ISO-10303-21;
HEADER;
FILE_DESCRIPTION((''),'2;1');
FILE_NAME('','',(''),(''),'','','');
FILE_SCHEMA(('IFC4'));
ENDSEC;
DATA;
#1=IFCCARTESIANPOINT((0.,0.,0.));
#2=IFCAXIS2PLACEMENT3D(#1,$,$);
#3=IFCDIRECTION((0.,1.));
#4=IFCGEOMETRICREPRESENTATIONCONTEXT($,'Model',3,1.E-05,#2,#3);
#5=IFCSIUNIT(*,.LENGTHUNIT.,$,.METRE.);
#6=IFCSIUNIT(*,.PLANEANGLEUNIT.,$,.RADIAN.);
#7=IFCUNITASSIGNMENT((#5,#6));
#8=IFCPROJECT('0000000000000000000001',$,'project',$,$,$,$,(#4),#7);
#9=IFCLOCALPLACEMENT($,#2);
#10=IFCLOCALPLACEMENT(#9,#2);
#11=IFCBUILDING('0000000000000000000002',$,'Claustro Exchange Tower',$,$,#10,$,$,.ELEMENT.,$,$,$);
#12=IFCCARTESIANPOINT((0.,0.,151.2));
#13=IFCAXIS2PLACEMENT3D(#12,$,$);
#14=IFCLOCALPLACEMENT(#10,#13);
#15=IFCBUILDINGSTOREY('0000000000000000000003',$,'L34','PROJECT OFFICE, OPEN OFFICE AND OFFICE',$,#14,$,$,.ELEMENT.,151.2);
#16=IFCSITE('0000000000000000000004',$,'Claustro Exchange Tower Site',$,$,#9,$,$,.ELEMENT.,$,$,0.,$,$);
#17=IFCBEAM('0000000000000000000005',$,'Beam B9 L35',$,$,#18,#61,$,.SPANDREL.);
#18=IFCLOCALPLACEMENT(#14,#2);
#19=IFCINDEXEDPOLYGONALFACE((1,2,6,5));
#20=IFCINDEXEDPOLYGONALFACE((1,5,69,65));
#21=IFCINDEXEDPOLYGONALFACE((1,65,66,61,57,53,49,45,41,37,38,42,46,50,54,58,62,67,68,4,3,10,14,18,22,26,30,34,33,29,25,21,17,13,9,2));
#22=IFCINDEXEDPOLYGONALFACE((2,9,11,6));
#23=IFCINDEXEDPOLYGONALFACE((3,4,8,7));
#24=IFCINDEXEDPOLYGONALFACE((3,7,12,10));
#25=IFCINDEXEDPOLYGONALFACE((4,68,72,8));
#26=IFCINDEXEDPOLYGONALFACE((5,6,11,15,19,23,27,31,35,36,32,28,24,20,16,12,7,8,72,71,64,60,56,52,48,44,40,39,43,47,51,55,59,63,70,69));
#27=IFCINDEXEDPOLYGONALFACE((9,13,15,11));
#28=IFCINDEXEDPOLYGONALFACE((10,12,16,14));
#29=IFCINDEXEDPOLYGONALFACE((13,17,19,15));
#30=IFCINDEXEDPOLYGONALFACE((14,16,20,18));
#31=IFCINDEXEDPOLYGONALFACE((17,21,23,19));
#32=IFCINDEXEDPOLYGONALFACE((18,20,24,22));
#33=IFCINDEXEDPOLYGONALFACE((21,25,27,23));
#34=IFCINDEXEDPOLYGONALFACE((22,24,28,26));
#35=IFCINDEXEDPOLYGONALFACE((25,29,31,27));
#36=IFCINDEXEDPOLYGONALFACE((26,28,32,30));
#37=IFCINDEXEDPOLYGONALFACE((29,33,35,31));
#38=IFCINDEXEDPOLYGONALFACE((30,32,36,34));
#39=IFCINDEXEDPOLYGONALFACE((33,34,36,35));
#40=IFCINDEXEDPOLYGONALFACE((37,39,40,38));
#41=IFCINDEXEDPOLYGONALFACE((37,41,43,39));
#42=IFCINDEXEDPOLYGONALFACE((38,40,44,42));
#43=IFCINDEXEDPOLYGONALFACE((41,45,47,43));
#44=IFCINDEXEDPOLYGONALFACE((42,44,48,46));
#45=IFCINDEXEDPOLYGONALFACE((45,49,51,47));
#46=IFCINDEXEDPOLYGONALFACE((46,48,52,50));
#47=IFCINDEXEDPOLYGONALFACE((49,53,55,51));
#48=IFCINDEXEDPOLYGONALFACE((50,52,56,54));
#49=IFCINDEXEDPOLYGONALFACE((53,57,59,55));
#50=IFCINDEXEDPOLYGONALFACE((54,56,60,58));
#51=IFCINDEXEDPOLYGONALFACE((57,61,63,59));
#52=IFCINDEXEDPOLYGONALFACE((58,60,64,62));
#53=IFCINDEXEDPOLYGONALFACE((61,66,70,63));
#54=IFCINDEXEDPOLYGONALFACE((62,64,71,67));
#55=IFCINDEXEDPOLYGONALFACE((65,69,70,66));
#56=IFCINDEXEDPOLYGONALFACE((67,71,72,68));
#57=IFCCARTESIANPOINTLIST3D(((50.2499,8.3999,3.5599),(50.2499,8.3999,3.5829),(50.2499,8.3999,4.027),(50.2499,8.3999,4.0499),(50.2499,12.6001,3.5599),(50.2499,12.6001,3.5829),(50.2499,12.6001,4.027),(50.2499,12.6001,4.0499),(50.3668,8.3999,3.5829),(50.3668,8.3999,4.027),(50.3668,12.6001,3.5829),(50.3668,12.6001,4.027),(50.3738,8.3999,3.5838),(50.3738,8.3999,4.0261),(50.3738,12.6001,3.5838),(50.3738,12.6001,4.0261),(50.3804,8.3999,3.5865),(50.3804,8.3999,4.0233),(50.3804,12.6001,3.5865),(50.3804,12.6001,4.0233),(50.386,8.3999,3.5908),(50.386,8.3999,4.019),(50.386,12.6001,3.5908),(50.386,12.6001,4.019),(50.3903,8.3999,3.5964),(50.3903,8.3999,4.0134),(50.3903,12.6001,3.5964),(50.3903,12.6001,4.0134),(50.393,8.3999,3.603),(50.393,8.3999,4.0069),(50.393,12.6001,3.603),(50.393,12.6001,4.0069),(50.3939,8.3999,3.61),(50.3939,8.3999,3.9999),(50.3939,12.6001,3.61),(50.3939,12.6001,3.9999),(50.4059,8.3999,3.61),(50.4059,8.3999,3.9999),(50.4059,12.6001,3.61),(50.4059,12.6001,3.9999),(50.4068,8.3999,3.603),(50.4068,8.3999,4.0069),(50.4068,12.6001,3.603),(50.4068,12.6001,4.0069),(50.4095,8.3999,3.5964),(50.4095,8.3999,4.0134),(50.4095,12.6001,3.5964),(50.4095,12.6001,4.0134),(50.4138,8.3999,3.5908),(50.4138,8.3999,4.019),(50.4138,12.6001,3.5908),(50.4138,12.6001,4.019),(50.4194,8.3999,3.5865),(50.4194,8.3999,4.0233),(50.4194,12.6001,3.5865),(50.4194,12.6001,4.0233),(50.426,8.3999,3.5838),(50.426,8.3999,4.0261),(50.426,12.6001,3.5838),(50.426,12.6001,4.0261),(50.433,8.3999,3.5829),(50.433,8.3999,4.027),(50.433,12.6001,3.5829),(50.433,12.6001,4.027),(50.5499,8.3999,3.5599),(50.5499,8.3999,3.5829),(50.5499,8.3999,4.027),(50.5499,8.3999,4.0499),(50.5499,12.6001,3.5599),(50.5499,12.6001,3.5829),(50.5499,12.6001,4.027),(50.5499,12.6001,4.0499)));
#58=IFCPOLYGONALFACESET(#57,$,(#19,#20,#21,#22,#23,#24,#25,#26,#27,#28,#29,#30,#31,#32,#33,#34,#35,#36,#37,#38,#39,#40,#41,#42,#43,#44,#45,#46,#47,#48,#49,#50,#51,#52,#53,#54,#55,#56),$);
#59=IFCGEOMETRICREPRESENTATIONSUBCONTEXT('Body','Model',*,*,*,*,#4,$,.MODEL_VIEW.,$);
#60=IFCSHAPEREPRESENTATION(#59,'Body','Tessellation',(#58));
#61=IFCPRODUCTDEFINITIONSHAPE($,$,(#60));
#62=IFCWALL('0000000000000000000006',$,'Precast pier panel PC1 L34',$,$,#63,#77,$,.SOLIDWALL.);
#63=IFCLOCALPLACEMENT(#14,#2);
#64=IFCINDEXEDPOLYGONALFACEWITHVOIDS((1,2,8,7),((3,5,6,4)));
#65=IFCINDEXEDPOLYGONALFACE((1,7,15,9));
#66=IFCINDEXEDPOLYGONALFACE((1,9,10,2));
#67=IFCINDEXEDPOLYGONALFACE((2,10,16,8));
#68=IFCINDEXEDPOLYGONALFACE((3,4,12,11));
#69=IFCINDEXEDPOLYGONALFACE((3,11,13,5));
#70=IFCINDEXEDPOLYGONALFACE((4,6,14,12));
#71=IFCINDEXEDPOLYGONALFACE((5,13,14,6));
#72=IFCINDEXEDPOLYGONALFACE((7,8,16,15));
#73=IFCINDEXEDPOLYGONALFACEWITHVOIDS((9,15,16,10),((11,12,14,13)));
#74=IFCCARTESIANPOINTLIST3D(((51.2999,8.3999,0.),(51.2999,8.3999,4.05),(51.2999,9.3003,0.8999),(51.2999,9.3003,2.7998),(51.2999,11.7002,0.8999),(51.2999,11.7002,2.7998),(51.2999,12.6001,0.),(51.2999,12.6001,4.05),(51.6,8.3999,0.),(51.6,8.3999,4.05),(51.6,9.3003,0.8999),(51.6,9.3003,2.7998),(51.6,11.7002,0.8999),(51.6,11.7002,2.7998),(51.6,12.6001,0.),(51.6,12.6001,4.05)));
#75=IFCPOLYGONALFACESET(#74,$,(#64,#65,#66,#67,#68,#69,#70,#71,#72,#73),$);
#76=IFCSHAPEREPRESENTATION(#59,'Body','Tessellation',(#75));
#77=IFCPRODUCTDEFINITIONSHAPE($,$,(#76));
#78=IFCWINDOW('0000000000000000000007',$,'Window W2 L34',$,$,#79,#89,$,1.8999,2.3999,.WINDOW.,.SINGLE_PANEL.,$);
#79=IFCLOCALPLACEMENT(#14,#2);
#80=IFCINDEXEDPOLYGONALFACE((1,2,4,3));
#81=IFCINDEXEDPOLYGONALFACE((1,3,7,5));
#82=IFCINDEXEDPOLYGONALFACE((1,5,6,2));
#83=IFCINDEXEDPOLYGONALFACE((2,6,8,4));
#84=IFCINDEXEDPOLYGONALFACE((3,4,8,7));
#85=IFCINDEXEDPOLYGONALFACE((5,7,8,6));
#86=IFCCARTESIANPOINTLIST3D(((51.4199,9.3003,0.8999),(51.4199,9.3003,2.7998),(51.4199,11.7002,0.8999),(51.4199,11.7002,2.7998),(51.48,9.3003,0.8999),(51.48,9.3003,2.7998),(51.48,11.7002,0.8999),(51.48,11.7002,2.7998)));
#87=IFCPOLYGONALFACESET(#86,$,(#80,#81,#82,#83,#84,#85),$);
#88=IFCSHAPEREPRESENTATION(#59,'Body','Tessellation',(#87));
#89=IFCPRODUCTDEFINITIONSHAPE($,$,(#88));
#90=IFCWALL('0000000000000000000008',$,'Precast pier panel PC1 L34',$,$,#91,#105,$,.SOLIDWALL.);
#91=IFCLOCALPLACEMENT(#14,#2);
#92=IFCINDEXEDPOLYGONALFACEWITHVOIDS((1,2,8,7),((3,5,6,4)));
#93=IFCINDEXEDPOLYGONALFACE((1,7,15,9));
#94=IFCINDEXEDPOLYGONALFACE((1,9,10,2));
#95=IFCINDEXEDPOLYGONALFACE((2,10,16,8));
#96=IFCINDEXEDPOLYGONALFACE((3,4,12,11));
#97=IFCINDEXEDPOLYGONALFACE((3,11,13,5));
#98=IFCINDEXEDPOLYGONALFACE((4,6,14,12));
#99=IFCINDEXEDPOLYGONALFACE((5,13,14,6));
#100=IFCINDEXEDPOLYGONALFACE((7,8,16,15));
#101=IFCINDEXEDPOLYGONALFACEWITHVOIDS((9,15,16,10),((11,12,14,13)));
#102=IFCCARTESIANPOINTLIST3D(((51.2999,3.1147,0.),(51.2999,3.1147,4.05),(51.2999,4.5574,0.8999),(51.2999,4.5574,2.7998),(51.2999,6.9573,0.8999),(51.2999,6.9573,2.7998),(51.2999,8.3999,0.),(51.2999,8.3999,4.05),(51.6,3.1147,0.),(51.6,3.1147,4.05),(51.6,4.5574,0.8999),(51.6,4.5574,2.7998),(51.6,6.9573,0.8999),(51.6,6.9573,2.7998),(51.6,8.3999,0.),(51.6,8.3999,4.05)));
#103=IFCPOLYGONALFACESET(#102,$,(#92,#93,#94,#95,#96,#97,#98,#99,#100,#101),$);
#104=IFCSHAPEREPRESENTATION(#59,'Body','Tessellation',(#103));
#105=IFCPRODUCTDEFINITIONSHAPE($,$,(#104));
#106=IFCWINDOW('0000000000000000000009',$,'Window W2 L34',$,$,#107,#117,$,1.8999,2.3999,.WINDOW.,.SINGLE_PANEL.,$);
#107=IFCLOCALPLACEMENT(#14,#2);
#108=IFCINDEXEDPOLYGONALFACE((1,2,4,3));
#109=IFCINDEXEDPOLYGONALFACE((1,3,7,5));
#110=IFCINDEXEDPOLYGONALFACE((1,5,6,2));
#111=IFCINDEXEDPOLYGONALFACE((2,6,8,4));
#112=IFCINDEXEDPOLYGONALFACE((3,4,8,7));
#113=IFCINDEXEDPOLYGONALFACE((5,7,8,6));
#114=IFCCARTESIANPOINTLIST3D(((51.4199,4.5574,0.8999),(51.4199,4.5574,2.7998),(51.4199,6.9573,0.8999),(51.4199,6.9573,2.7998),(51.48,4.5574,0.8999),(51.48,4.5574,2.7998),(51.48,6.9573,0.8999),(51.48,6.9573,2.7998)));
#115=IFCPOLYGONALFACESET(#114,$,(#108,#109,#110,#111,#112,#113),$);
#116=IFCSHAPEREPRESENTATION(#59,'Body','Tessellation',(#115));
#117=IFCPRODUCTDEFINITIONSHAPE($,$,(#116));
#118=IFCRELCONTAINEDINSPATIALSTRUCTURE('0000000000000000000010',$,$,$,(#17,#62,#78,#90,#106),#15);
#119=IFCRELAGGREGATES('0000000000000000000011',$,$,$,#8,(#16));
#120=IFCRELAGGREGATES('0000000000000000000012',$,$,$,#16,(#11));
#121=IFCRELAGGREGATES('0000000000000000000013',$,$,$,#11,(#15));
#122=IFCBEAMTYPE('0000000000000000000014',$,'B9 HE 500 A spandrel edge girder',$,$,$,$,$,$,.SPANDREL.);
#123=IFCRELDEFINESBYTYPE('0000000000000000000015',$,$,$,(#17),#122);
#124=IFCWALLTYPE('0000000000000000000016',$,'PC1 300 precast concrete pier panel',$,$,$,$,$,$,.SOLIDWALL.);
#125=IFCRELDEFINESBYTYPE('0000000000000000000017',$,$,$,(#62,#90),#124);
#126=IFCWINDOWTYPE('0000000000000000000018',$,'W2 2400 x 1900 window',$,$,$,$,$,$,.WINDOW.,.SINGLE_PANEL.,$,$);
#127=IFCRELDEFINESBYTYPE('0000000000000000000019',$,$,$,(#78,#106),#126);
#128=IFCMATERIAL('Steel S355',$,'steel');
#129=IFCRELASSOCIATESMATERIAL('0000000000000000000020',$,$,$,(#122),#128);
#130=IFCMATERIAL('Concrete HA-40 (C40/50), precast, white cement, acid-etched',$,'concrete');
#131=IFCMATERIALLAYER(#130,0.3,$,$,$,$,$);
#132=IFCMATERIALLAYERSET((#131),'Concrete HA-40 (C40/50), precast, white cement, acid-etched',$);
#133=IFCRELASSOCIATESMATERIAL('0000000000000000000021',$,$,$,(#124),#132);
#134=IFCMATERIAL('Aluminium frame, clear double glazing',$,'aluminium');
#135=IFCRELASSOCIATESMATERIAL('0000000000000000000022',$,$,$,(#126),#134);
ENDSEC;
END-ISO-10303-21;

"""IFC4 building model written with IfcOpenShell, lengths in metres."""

from ifc_helpers import new_model, si_unit, direction, frame, frame_2d, origin, origin_2d, place, context, subcontext, project, spatial, rectangle, i_section, extrude, material, layer, layer_set, material_profile, profile_set, type_object, element, fill, save


model = new_model("IFC4")

# Units and contexts
model_context = context("Model", 3, precision=1e-05, world=origin(), true_north=direction((0.0, 1.0)))
body_context = subcontext(model_context, "Body", "Model", "MODEL_VIEW")
ifc_project = project(units=[si_unit("LENGTHUNIT", "METRE"), si_unit("PLANEANGLEUNIT", "RADIAN")], contexts=[model_context])

# Site, building, storey
site_placement = place(None, origin())
site = spatial("IfcSite", under=ifc_project, at=site_placement, Name="Claustro Exchange Tower Site", CompositionType="ELEMENT", RefElevation=0.0)
building_placement = place(site_placement, origin())
building = spatial("IfcBuilding", under=site, at=building_placement, Name="Claustro Exchange Tower", CompositionType="ELEMENT")
storey_placement = place(building_placement, frame((0.0, 0.0, 151.2)))
storey = spatial("IfcBuildingStorey", under=building, at=storey_placement, Name="L34", Description="PROJECT OFFICE, OPEN OFFICE AND OFFICE", CompositionType="ELEMENT", Elevation=151.2)

# Beam
ifc_material_1 = material(Name="Steel S355", Category="steel")
ifc_material_profile_1 = material_profile(ifc_material_1, i_section(OverallWidth=0.3, OverallDepth=0.49, WebThickness=0.012, FlangeThickness=0.0229, FilletRadius=0.0271, at=origin_2d()), Name="HE 500 A")
ifc_profile_set_1 = profile_set([ifc_material_profile_1], Name="Steel S355")
beam_type_1 = type_object("IfcBeamType", Name="B9 HE 500 A spandrel edge girder", PredefinedType="SPANDREL", material=ifc_profile_set_1)
beam_1_placement = place(storey_placement, frame((50.3999, 8.3999, 3.8049), z_axis=(0.0, 1.0, 0.0), x_axis=(-1.0, 0.0, 0.0)))
element("IfcBeam", 1, at=beam_1_placement, inside=storey, type_object=beam_type_1, Name="Beam B9 L35", PredefinedType="SPANDREL", context=body_context, shape_type="SweptSolid", body=[
    extrude(i_section(OverallWidth=0.3, OverallDepth=0.49, WebThickness=0.012, FlangeThickness=0.0229, FilletRadius=0.0271, at=origin_2d()), origin(), (0.0, 0.0, 1.0), 4.2002),
])

# Walls, openings, windows
ifc_material_2 = material(Name="Concrete HA-40 (C40/50), precast, white cement, acid-etched", Category="concrete")
ifc_layer_1 = layer(ifc_material_2, 0.3)
ifc_layer_set_1 = layer_set([ifc_layer_1], Name="Concrete HA-40 (C40/50), precast, white cement, acid-etched")
wall_type_1 = type_object("IfcWallType", Name="PC1 300 precast concrete pier panel", PredefinedType="SOLIDWALL", material=ifc_layer_set_1)
wall_1_placement = place(storey_placement, frame((51.45, 12.6001, 0.0), z_axis=(0.0, 0.0, 1.0), x_axis=(0.0, -1.0, 0.0)))
wall_1 = element("IfcWall", 2, at=wall_1_placement, inside=storey, type_object=wall_type_1, Name="Precast pier panel PC1 L34", PredefinedType="SOLIDWALL", context=body_context, shape_type="SweptSolid", body=[
    extrude(rectangle(XDim=4.2002, YDim=0.3, at=frame_2d((2.1001, 0.0))), origin(), (0.0, 0.0, 1.0), 4.05),
])
opening_1_placement = place(wall_1_placement, frame((0.8999, 0.0, 0.8999)))
opening_1 = element("IfcOpeningElement", 3, at=opening_1_placement, cuts=wall_1, PredefinedType="OPENING", context=body_context, shape_type="SweptSolid", body=[
    extrude(rectangle(XDim=2.3999, YDim=1.8999, at=frame_2d((1.2, 0.95))), frame((0.0, 0.1599, 0.0), z_axis=(0.0, -1.0, 0.0), x_axis=(1.0, 0.0, 0.0)), (0.0, 0.0, 1.0), 0.3201),
])
ifc_material_3 = material(Name="Aluminium frame, clear double glazing", Category="aluminium")
window_type = type_object("IfcWindowType", Name="W2 2400 x 1900 window", PartitioningType="SINGLE_PANEL", PredefinedType="WINDOW", material=ifc_material_3)
window_1_placement = place(opening_1_placement, origin())
window_1 = element("IfcWindow", 4, at=window_1_placement, inside=storey, type_object=window_type, Name="Window W2 L34", OverallHeight=1.8999, OverallWidth=2.3999, PartitioningType="SINGLE_PANEL", PredefinedType="WINDOW", context=body_context, shape_type="SweptSolid", body=[
    extrude(rectangle(XDim=2.3999, YDim=1.8999, at=frame_2d((1.2, 0.95))), frame((0.0, 0.03, 0.0), z_axis=(0.0, -1.0, 0.0), x_axis=(1.0, 0.0, 0.0)), (0.0, 0.0, 1.0), 0.0601),
])
fill(opening_1, window_1)
wall_2_placement = place(storey_placement, frame((51.45, 8.3999, 0.0), z_axis=(0.0, 0.0, 1.0), x_axis=(0.0, -1.0, 0.0)))
wall_2 = element("IfcWall", 5, at=wall_2_placement, inside=storey, type_object=wall_type_1, Name="Precast pier panel PC1 L34", PredefinedType="SOLIDWALL", context=body_context, shape_type="SweptSolid", body=[
    extrude(rectangle(XDim=5.2852, YDim=0.3, at=frame_2d((2.6426, 0.0))), origin(), (0.0, 0.0, 1.0), 4.05),
])
opening_2_placement = place(wall_2_placement, frame((1.4426, 0.0, 0.8999)))
opening_2 = element("IfcOpeningElement", 6, at=opening_2_placement, cuts=wall_2, PredefinedType="OPENING", context=body_context, shape_type="SweptSolid", body=[
    extrude(rectangle(XDim=2.3999, YDim=1.8999, at=frame_2d((1.2, 0.95))), frame((0.0, 0.1599, 0.0), z_axis=(0.0, -1.0, 0.0), x_axis=(1.0, 0.0, 0.0)), (0.0, 0.0, 1.0), 0.3201),
])
window_2_placement = place(opening_2_placement, origin())
window_2 = element("IfcWindow", 7, at=window_2_placement, inside=storey, type_object=window_type, Name="Window W2 L34", OverallHeight=1.8999, OverallWidth=2.3999, PartitioningType="SINGLE_PANEL", PredefinedType="WINDOW", context=body_context, shape_type="SweptSolid", body=[
    extrude(rectangle(XDim=2.3999, YDim=1.8999, at=frame_2d((1.2, 0.95))), frame((0.0, 0.03, 0.0), z_axis=(0.0, -1.0, 0.0), x_axis=(1.0, 0.0, 0.0)), (0.0, 0.0, 1.0), 0.0601),
])
fill(opening_2, window_2)

save(model, "model.ifc")
